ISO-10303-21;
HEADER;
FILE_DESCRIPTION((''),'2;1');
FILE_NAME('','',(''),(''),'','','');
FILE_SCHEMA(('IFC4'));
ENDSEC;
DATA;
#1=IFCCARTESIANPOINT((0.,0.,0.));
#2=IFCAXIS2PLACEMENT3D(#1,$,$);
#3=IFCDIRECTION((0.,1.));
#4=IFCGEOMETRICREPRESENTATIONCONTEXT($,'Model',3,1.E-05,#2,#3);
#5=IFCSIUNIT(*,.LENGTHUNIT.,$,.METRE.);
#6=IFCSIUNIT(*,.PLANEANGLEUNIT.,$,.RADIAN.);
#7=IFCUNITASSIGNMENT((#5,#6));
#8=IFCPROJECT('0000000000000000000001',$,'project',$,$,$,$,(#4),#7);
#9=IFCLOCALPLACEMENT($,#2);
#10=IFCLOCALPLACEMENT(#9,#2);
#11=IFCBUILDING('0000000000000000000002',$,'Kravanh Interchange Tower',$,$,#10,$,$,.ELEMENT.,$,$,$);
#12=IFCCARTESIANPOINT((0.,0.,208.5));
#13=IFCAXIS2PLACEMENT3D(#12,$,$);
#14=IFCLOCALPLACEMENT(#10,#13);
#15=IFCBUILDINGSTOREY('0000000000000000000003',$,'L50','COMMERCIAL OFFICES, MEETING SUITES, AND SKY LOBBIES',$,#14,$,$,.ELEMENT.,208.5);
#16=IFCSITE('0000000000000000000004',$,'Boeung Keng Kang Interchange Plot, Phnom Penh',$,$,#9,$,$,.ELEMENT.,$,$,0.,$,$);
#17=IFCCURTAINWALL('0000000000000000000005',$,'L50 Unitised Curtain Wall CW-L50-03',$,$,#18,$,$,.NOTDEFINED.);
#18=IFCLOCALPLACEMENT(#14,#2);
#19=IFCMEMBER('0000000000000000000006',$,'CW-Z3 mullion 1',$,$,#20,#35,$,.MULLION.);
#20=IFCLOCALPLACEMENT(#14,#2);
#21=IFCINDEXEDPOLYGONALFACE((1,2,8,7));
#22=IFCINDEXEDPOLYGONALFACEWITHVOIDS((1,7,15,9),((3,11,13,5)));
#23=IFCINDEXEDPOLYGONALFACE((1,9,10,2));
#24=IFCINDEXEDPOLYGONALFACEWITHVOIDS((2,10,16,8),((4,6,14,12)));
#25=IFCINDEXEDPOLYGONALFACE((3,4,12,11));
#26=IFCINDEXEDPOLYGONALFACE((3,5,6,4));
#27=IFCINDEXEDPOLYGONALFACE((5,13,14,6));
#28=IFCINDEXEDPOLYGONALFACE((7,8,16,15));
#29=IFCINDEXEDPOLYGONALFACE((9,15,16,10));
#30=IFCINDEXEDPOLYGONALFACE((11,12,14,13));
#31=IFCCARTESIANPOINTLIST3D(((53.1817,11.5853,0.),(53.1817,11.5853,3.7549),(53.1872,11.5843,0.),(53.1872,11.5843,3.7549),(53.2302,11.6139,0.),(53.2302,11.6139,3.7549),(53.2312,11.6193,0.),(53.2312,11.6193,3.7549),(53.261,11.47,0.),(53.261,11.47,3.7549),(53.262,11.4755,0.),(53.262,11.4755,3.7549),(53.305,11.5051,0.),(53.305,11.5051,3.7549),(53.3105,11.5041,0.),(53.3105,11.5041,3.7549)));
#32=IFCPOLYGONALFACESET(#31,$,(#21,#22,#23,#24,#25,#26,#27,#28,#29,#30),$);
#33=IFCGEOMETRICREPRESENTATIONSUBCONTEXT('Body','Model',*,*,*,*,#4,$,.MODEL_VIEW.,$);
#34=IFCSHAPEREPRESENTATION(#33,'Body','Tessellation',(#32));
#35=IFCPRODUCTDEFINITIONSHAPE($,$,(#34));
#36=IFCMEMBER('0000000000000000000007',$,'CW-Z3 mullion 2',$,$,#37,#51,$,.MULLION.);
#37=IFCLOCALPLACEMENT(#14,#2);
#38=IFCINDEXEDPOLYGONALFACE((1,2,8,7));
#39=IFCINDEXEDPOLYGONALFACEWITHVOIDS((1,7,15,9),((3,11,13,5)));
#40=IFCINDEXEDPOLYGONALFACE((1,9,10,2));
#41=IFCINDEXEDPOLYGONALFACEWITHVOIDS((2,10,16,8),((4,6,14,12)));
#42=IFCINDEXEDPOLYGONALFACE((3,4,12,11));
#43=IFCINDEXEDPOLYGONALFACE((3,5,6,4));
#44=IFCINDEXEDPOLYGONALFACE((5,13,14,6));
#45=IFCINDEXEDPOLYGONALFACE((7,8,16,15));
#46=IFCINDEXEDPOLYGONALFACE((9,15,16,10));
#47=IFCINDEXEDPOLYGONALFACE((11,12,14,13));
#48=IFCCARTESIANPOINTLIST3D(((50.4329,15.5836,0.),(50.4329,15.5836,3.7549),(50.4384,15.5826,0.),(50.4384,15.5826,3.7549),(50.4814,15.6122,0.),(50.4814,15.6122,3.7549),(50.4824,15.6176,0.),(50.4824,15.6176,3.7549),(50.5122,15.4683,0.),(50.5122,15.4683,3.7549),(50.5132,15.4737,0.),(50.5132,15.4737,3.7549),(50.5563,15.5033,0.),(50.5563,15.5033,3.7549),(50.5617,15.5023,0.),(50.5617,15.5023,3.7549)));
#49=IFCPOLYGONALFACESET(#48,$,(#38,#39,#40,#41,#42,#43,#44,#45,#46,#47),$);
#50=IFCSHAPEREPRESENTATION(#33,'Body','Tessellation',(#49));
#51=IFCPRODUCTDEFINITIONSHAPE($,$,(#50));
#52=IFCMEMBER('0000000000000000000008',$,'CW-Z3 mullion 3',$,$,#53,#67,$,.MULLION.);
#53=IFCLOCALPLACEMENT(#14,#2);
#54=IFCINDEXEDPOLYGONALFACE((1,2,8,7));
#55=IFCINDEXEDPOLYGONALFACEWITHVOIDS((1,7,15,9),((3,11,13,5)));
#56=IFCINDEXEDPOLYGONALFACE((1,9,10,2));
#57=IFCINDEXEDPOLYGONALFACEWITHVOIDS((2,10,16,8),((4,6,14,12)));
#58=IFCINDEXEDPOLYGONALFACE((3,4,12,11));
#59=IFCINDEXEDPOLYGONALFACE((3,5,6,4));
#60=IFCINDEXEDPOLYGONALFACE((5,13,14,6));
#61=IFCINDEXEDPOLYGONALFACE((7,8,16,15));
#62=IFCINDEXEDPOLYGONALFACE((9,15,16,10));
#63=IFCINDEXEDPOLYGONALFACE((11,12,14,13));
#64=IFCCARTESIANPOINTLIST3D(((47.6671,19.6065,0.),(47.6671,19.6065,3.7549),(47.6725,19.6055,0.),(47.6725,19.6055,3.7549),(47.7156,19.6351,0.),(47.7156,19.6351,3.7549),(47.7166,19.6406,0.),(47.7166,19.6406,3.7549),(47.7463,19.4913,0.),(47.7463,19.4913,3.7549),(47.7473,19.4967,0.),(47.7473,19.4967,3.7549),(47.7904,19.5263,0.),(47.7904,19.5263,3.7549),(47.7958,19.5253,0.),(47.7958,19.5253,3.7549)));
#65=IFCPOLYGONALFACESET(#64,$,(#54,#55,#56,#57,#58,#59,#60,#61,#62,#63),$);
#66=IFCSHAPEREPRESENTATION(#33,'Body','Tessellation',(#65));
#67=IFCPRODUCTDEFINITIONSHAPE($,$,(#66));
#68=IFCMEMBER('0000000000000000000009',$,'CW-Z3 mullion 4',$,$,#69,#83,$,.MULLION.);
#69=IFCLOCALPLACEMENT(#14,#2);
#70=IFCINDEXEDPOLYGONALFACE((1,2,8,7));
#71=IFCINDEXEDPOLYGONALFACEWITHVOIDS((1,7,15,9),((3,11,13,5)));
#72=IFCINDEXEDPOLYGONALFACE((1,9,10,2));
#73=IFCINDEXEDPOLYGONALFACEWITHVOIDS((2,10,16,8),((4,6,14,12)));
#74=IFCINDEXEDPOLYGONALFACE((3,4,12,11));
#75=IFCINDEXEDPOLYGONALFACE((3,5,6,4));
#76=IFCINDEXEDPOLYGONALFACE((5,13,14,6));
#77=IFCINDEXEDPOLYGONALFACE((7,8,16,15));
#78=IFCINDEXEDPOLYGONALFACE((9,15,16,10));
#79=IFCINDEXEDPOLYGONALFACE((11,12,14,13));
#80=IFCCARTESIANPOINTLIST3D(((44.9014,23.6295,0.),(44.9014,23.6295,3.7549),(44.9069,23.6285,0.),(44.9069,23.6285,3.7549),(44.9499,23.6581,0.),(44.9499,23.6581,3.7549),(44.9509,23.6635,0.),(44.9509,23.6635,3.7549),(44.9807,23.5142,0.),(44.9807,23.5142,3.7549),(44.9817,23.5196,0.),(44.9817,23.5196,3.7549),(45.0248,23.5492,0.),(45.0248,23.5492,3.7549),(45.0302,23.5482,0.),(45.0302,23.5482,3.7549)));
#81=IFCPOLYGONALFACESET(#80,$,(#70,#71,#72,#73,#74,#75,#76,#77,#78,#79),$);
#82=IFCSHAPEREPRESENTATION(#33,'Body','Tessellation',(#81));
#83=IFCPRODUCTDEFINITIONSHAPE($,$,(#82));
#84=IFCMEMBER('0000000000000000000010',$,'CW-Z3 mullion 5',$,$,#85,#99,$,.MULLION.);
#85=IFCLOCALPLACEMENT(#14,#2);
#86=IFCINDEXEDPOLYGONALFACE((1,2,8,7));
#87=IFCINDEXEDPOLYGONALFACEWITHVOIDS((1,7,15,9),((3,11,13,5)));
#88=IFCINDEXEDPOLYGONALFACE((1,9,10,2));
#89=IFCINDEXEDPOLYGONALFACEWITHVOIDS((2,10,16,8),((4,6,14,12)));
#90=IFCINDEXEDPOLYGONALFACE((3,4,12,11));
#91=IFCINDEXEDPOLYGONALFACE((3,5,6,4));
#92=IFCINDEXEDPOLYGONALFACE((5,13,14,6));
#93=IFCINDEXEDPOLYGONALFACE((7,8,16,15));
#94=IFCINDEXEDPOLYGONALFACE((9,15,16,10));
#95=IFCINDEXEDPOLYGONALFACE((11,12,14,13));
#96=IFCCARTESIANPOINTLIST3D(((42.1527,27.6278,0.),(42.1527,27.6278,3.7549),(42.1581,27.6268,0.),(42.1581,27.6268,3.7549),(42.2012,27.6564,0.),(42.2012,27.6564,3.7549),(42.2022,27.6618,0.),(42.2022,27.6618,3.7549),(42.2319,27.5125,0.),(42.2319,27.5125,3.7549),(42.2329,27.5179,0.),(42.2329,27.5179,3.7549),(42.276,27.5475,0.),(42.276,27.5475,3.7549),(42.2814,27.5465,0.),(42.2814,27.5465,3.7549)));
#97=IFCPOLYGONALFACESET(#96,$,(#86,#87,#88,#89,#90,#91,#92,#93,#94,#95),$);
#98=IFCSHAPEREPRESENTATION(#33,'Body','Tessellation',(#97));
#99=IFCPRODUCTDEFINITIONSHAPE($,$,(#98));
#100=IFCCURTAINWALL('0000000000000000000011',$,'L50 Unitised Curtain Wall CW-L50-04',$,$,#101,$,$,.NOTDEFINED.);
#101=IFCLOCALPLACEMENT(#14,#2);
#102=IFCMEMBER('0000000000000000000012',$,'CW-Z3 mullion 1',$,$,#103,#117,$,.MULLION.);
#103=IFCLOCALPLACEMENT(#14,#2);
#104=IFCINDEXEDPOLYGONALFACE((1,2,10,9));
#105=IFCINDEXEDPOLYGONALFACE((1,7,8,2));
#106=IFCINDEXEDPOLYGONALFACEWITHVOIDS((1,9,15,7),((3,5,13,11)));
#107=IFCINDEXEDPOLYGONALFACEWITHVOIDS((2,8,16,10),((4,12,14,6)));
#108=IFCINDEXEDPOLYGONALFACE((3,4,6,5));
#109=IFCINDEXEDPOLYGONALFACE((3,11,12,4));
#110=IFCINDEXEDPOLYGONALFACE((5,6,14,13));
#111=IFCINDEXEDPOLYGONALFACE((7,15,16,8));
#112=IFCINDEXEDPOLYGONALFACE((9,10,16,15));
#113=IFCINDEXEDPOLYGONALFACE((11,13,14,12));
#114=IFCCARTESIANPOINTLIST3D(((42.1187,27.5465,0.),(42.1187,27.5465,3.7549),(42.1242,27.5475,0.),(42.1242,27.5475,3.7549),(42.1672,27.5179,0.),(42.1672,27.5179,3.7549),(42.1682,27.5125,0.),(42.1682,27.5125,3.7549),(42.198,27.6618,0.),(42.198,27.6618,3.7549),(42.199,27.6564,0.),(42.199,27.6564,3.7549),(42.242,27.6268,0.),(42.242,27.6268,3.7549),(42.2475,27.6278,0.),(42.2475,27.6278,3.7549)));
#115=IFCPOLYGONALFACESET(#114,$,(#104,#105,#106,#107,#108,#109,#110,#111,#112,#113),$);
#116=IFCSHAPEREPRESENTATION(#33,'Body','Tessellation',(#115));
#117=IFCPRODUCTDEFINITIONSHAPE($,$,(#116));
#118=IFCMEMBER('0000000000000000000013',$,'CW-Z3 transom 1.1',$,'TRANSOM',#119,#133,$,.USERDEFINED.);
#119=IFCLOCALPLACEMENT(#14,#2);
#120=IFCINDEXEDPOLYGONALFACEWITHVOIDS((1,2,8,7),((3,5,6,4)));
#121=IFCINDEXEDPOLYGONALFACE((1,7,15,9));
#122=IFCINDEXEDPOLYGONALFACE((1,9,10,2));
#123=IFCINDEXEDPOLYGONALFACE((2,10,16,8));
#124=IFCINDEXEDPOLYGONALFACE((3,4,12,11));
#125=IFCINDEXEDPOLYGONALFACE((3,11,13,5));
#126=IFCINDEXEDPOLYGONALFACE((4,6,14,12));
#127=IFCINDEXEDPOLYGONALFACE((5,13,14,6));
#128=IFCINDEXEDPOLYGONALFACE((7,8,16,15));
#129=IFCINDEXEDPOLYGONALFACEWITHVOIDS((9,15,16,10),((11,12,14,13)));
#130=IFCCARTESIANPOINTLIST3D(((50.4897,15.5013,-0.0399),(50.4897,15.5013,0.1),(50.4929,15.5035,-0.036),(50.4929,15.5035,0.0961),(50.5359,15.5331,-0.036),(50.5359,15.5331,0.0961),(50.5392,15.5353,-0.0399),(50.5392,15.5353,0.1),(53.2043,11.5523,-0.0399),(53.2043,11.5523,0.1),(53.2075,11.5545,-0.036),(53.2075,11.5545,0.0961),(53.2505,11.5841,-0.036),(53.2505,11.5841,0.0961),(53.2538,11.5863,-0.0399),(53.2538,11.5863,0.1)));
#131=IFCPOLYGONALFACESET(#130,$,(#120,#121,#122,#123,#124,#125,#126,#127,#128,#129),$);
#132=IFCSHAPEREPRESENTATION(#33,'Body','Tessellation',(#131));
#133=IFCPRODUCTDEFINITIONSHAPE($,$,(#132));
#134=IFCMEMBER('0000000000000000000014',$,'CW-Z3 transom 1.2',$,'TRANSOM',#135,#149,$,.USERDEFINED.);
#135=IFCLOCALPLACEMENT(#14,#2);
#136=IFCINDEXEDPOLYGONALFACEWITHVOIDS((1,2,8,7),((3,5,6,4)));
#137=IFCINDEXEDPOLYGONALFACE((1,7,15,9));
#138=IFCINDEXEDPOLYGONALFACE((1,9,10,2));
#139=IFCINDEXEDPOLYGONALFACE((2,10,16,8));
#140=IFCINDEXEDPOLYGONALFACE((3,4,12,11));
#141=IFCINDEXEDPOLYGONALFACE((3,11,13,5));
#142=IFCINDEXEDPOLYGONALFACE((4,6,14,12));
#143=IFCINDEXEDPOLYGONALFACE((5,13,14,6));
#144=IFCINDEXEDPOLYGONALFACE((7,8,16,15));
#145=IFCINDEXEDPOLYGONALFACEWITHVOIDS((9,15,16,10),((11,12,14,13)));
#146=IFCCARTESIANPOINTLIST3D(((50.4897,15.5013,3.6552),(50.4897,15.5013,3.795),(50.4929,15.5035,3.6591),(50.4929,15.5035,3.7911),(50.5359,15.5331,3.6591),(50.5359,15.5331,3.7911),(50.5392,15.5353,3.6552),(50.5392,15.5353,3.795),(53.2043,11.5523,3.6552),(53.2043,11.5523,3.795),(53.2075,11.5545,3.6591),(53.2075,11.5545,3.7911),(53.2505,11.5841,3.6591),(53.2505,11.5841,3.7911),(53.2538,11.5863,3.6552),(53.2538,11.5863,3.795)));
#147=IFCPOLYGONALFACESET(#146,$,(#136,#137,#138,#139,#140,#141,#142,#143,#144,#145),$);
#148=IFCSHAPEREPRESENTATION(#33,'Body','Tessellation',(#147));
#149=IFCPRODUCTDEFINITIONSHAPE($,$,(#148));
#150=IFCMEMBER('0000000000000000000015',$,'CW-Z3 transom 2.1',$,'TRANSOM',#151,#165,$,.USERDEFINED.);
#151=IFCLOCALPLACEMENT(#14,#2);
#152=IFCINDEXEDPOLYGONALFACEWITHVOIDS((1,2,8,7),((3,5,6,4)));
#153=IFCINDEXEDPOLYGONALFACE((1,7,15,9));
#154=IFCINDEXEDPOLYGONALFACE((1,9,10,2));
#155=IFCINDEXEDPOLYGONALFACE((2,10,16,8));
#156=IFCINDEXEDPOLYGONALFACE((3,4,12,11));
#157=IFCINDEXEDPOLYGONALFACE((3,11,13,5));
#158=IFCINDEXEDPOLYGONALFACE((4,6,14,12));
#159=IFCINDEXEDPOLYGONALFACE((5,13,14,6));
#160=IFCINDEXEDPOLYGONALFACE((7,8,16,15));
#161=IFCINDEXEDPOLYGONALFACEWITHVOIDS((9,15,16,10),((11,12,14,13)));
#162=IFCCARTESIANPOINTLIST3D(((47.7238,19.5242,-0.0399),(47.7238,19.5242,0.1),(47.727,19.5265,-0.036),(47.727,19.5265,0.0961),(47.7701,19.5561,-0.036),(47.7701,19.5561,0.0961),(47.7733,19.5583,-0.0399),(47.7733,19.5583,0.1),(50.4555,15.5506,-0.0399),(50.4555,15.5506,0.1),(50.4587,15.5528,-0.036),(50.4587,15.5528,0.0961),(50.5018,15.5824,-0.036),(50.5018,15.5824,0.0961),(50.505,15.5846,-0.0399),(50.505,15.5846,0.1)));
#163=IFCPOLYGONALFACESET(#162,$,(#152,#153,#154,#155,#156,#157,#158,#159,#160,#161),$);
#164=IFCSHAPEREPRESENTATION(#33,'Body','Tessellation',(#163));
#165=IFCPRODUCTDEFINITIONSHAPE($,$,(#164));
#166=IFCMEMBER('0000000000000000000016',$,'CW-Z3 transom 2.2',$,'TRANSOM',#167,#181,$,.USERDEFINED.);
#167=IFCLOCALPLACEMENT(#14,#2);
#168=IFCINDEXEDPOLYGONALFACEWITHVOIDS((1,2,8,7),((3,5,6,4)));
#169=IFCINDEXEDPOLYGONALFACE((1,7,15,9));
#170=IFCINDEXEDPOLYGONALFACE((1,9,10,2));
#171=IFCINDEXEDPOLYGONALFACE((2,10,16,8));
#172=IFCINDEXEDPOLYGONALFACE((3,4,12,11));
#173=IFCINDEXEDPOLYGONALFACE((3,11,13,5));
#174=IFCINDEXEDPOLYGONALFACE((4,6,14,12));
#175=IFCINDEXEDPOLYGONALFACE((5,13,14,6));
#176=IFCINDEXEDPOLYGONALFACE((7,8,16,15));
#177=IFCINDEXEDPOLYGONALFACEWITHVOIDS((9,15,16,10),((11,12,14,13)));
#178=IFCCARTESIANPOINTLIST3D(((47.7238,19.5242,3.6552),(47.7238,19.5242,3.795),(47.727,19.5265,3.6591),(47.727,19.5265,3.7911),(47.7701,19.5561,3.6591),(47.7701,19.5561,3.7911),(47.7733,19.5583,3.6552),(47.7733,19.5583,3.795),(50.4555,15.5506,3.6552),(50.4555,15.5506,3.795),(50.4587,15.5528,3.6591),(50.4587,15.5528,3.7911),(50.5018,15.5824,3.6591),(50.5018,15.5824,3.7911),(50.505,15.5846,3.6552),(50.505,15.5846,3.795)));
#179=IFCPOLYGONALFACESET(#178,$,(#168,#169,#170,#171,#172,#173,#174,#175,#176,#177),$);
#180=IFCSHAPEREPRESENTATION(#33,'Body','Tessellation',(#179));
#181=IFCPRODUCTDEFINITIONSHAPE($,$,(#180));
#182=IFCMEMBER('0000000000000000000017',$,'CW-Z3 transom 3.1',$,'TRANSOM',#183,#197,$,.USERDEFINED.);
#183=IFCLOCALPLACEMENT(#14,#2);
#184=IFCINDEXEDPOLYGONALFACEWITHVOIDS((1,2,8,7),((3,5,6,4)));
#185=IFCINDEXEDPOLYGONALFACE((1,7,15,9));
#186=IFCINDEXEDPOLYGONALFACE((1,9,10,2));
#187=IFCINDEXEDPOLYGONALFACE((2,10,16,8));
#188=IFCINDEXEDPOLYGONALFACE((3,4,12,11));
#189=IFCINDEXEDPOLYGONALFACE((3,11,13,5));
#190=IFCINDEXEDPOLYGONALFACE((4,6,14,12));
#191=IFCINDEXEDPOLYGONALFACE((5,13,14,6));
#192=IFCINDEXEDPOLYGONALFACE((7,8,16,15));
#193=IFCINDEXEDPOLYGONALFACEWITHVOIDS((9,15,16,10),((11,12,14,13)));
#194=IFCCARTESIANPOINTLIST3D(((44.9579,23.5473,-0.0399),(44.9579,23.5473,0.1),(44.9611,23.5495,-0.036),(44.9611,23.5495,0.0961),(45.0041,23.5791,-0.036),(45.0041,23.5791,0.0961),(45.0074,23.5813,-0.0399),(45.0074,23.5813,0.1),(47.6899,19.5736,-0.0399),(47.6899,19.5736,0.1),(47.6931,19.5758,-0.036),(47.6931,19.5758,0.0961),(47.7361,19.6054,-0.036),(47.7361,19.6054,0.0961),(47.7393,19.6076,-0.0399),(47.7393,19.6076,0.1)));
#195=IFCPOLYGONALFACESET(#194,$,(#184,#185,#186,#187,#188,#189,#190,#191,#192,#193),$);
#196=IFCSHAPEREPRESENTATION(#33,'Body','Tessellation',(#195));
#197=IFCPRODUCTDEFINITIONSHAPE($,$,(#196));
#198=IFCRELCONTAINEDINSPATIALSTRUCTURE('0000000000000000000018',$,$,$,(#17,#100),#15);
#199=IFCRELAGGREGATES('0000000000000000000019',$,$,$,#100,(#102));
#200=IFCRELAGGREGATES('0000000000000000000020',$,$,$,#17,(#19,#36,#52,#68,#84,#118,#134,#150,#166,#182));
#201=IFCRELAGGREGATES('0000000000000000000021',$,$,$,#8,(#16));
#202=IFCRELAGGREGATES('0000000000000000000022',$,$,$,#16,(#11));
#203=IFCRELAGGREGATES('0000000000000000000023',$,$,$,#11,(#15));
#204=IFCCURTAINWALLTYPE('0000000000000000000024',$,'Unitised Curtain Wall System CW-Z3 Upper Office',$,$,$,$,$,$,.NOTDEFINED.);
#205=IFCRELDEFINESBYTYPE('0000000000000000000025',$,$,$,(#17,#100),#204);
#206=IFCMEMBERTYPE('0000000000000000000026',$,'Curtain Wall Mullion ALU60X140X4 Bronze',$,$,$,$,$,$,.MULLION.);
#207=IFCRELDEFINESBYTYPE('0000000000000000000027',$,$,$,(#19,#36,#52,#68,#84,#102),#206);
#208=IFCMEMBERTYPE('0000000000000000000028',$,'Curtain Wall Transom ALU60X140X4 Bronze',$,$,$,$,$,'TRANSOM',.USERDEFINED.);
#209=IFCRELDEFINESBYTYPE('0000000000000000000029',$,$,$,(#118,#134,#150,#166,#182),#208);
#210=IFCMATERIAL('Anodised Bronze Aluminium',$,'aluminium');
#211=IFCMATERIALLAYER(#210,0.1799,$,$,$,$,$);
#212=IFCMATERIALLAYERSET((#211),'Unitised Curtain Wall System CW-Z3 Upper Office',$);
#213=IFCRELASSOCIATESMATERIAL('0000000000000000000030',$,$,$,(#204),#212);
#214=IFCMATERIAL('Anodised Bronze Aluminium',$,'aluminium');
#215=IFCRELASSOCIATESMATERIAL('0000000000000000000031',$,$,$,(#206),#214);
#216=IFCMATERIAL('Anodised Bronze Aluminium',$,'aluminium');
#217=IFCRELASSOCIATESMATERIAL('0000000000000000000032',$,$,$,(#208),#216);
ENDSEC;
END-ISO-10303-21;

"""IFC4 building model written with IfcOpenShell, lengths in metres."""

from ifc_helpers import new_model, si_unit, direction, frame, origin, origin_2d, place, context, subcontext, project, spatial, hollow_rectangle, extrude, material, layer, layer_set, material_profile, profile_set, type_object, element, aggregate, save


model = new_model("IFC4")

# Units and contexts
model_context = context("Model", 3, precision=1e-05, world=origin(), true_north=direction((0.0, 1.0)))
body_context = subcontext(model_context, "Body", "Model", "MODEL_VIEW")
ifc_project = project(units=[si_unit("LENGTHUNIT", "METRE"), si_unit("PLANEANGLEUNIT", "RADIAN")], contexts=[model_context])

# Site, building, storey
site_placement = place(None, origin())
site = spatial("IfcSite", under=ifc_project, at=site_placement, Name="Boeung Keng Kang Interchange Plot, Phnom Penh", CompositionType="ELEMENT", RefElevation=0.0)
building_placement = place(site_placement, origin())
building = spatial("IfcBuilding", under=site, at=building_placement, Name="Kravanh Interchange Tower", CompositionType="ELEMENT")
storey_placement = place(building_placement, frame((0.0, 0.0, 208.5)))
storey = spatial("IfcBuildingStorey", under=building, at=storey_placement, Name="L50", Description="COMMERCIAL OFFICES, MEETING SUITES, AND SKY LOBBIES", CompositionType="ELEMENT", Elevation=208.5)

# Shared definitions
ifc_material_1 = material(Name="Anodised Bronze Aluminium", Category="aluminium")
ifc_layer_1 = layer(ifc_material_1, 0.1799)
ifc_layer_set_1 = layer_set([ifc_layer_1], Name="Unitised Curtain Wall System CW-Z3 Upper Office")
curtain_wall_type = type_object("IfcCurtainWallType", Name="Unitised Curtain Wall System CW-Z3 Upper Office", PredefinedType="NOTDEFINED", material=ifc_layer_set_1)
ifc_material_2 = material(Name="Anodised Bronze Aluminium", Category="aluminium")
ifc_material_profile_1 = material_profile(ifc_material_2, hollow_rectangle(XDim=0.0601, YDim=0.1399, WallThickness=0.0039, at=origin_2d()), Name="ALU60X140X4")
ifc_profile_set_1 = profile_set([ifc_material_profile_1], Name="Anodised Bronze Aluminium")
member_type_1 = type_object("IfcMemberType", Name="Curtain Wall Mullion ALU60X140X4 Bronze", PredefinedType="MULLION", material=ifc_profile_set_1)

# Curtain wall, members
curtain_wall_1_placement = place(storey_placement, origin())
curtain_wall_1 = element("IfcCurtainWall", 1, at=curtain_wall_1_placement, inside=storey, type_object=curtain_wall_type, Name="L50 Unitised Curtain Wall CW-L50-03", PredefinedType="NOTDEFINED")
member_1_placement = place(storey_placement, frame((53.2461, 11.5447, 0.0), z_axis=(0.0, 0.0, 1.0), x_axis=(-0.824042, -0.566528, 0.0)))
member_1 = element("IfcMember", 2, at=member_1_placement, type_object=member_type_1, Name="CW-Z3 mullion 1", PredefinedType="MULLION", context=body_context, shape_type="SweptSolid", body=[
    extrude(hollow_rectangle(XDim=0.0601, YDim=0.1399, WallThickness=0.0039, at=origin_2d()), origin(), (0.0, 0.0, 1.0), 3.7549),
])
member_2_placement = place(storey_placement, frame((50.4973, 15.543, 0.0), z_axis=(0.0, 0.0, 1.0), x_axis=(-0.824042, -0.566528, 0.0)))
member_2 = element("IfcMember", 3, at=member_2_placement, type_object=member_type_1, Name="CW-Z3 mullion 2", PredefinedType="MULLION", context=body_context, shape_type="SweptSolid", body=[
    extrude(hollow_rectangle(XDim=0.0601, YDim=0.1399, WallThickness=0.0039, at=origin_2d()), origin(), (0.0, 0.0, 1.0), 3.7549),
])
member_3_placement = place(storey_placement, frame((47.7314, 19.5659, 0.0), z_axis=(0.0, 0.0, 1.0), x_axis=(-0.824042, -0.566528, 0.0)))
member_3 = element("IfcMember", 4, at=member_3_placement, type_object=member_type_1, Name="CW-Z3 mullion 3", PredefinedType="MULLION", context=body_context, shape_type="SweptSolid", body=[
    extrude(hollow_rectangle(XDim=0.0601, YDim=0.1399, WallThickness=0.0039, at=origin_2d()), origin(), (0.0, 0.0, 1.0), 3.7549),
])
member_4_placement = place(storey_placement, frame((44.9658, 23.5889, 0.0), z_axis=(0.0, 0.0, 1.0), x_axis=(-0.824042, -0.566528, 0.0)))
member_4 = element("IfcMember", 5, at=member_4_placement, type_object=member_type_1, Name="CW-Z3 mullion 4", PredefinedType="MULLION", context=body_context, shape_type="SweptSolid", body=[
    extrude(hollow_rectangle(XDim=0.0601, YDim=0.1399, WallThickness=0.0039, at=origin_2d()), origin(), (0.0, 0.0, 1.0), 3.7549),
])
member_5_placement = place(storey_placement, frame((42.217, 27.5872, 0.0), z_axis=(0.0, 0.0, 1.0), x_axis=(-0.824042, -0.566528, 0.0)))
member_5 = element("IfcMember", 6, at=member_5_placement, type_object=member_type_1, Name="CW-Z3 mullion 5", PredefinedType="MULLION", context=body_context, shape_type="SweptSolid", body=[
    extrude(hollow_rectangle(XDim=0.0601, YDim=0.1399, WallThickness=0.0039, at=origin_2d()), origin(), (0.0, 0.0, 1.0), 3.7549),
])

# Curtain wall, member
curtain_wall_2_placement = place(storey_placement, origin())
curtain_wall_2 = element("IfcCurtainWall", 7, at=curtain_wall_2_placement, inside=storey, type_object=curtain_wall_type, Name="L50 Unitised Curtain Wall CW-L50-04", PredefinedType="NOTDEFINED")
member_6_placement = place(storey_placement, frame((42.1831, 27.5872, 0.0), z_axis=(0.0, 0.0, 1.0), x_axis=(0.824042, -0.566528, 0.0)))
member_6 = element("IfcMember", 8, at=member_6_placement, type_object=member_type_1, Name="CW-Z3 mullion 1", PredefinedType="MULLION", context=body_context, shape_type="SweptSolid", body=[
    extrude(hollow_rectangle(XDim=0.0601, YDim=0.1399, WallThickness=0.0039, at=origin_2d()), origin(), (0.0, 0.0, 1.0), 3.7549),
])
aggregate(curtain_wall_2, [member_6])

# Members
ifc_material_3 = material(Name="Anodised Bronze Aluminium", Category="aluminium")
ifc_material_profile_2 = material_profile(ifc_material_3, hollow_rectangle(XDim=0.0601, YDim=0.1399, WallThickness=0.0039, at=origin_2d()), Name="ALU60X140X4")
ifc_profile_set_2 = profile_set([ifc_material_profile_2], Name="Anodised Bronze Aluminium")
member_type_2 = type_object("IfcMemberType", Name="Curtain Wall Transom ALU60X140X4 Bronze", ElementType="TRANSOM", PredefinedType="USERDEFINED", material=ifc_profile_set_2)
member_7_placement = place(storey_placement, frame((53.229, 11.5693, 0.03), z_axis=(-0.566483, 0.824073, 0.0), x_axis=(-0.824073, -0.566483, 0.0)))
member_7 = element("IfcMember", 9, at=member_7_placement, type_object=member_type_2, Name="CW-Z3 transom 1.1", ObjectType="TRANSOM", PredefinedType="USERDEFINED", context=body_context, shape_type="SweptSolid", body=[
    extrude(hollow_rectangle(XDim=0.0601, YDim=0.1399, WallThickness=0.0039, at=origin_2d()), origin(), (0.0, 0.0, 1.0), 4.792),
])
member_8_placement = place(storey_placement, frame((53.229, 11.5693, 3.7251), z_axis=(-0.566483, 0.824073, 0.0), x_axis=(-0.824073, -0.566483, 0.0)))
member_8 = element("IfcMember", 10, at=member_8_placement, type_object=member_type_2, Name="CW-Z3 transom 1.2", ObjectType="TRANSOM", PredefinedType="USERDEFINED", context=body_context, shape_type="SweptSolid", body=[
    extrude(hollow_rectangle(XDim=0.0601, YDim=0.1399, WallThickness=0.0039, at=origin_2d()), origin(), (0.0, 0.0, 1.0), 4.792),
])
member_9_placement = place(storey_placement, frame((50.4802, 15.5676, 0.03), z_axis=(-0.566503, 0.82406, 0.0), x_axis=(-0.82406, -0.566503, 0.0)))
member_9 = element("IfcMember", 11, at=member_9_placement, type_object=member_type_2, Name="CW-Z3 transom 2.1", ObjectType="TRANSOM", PredefinedType="USERDEFINED", context=body_context, shape_type="SweptSolid", body=[
    extrude(hollow_rectangle(XDim=0.0601, YDim=0.1399, WallThickness=0.0039, at=origin_2d()), origin(), (0.0, 0.0, 1.0), 4.822),
])
member_10_placement = place(storey_placement, frame((50.4802, 15.5676, 3.7251), z_axis=(-0.566503, 0.82406, 0.0), x_axis=(-0.82406, -0.566503, 0.0)))
member_10 = element("IfcMember", 12, at=member_10_placement, type_object=member_type_2, Name="CW-Z3 transom 2.2", ObjectType="TRANSOM", PredefinedType="USERDEFINED", context=body_context, shape_type="SweptSolid", body=[
    extrude(hollow_rectangle(XDim=0.0601, YDim=0.1399, WallThickness=0.0039, at=origin_2d()), origin(), (0.0, 0.0, 1.0), 4.822),
])
member_11_placement = place(storey_placement, frame((47.7146, 19.5906, 0.03), z_axis=(-0.566537, 0.824036, 0.0), x_axis=(-0.824036, -0.566537, 0.0)))
member_11 = element("IfcMember", 13, at=member_11_placement, type_object=member_type_2, Name="CW-Z3 transom 3.1", ObjectType="TRANSOM", PredefinedType="USERDEFINED", context=body_context, shape_type="SweptSolid", body=[
    extrude(hollow_rectangle(XDim=0.0601, YDim=0.1399, WallThickness=0.0039, at=origin_2d()), origin(), (0.0, 0.0, 1.0), 4.8223),
])

aggregate(curtain_wall_1, [member_1, member_2, member_3, member_4, member_5, member_7, member_8, member_9, member_10, member_11])

save(model, "model.ifc")
